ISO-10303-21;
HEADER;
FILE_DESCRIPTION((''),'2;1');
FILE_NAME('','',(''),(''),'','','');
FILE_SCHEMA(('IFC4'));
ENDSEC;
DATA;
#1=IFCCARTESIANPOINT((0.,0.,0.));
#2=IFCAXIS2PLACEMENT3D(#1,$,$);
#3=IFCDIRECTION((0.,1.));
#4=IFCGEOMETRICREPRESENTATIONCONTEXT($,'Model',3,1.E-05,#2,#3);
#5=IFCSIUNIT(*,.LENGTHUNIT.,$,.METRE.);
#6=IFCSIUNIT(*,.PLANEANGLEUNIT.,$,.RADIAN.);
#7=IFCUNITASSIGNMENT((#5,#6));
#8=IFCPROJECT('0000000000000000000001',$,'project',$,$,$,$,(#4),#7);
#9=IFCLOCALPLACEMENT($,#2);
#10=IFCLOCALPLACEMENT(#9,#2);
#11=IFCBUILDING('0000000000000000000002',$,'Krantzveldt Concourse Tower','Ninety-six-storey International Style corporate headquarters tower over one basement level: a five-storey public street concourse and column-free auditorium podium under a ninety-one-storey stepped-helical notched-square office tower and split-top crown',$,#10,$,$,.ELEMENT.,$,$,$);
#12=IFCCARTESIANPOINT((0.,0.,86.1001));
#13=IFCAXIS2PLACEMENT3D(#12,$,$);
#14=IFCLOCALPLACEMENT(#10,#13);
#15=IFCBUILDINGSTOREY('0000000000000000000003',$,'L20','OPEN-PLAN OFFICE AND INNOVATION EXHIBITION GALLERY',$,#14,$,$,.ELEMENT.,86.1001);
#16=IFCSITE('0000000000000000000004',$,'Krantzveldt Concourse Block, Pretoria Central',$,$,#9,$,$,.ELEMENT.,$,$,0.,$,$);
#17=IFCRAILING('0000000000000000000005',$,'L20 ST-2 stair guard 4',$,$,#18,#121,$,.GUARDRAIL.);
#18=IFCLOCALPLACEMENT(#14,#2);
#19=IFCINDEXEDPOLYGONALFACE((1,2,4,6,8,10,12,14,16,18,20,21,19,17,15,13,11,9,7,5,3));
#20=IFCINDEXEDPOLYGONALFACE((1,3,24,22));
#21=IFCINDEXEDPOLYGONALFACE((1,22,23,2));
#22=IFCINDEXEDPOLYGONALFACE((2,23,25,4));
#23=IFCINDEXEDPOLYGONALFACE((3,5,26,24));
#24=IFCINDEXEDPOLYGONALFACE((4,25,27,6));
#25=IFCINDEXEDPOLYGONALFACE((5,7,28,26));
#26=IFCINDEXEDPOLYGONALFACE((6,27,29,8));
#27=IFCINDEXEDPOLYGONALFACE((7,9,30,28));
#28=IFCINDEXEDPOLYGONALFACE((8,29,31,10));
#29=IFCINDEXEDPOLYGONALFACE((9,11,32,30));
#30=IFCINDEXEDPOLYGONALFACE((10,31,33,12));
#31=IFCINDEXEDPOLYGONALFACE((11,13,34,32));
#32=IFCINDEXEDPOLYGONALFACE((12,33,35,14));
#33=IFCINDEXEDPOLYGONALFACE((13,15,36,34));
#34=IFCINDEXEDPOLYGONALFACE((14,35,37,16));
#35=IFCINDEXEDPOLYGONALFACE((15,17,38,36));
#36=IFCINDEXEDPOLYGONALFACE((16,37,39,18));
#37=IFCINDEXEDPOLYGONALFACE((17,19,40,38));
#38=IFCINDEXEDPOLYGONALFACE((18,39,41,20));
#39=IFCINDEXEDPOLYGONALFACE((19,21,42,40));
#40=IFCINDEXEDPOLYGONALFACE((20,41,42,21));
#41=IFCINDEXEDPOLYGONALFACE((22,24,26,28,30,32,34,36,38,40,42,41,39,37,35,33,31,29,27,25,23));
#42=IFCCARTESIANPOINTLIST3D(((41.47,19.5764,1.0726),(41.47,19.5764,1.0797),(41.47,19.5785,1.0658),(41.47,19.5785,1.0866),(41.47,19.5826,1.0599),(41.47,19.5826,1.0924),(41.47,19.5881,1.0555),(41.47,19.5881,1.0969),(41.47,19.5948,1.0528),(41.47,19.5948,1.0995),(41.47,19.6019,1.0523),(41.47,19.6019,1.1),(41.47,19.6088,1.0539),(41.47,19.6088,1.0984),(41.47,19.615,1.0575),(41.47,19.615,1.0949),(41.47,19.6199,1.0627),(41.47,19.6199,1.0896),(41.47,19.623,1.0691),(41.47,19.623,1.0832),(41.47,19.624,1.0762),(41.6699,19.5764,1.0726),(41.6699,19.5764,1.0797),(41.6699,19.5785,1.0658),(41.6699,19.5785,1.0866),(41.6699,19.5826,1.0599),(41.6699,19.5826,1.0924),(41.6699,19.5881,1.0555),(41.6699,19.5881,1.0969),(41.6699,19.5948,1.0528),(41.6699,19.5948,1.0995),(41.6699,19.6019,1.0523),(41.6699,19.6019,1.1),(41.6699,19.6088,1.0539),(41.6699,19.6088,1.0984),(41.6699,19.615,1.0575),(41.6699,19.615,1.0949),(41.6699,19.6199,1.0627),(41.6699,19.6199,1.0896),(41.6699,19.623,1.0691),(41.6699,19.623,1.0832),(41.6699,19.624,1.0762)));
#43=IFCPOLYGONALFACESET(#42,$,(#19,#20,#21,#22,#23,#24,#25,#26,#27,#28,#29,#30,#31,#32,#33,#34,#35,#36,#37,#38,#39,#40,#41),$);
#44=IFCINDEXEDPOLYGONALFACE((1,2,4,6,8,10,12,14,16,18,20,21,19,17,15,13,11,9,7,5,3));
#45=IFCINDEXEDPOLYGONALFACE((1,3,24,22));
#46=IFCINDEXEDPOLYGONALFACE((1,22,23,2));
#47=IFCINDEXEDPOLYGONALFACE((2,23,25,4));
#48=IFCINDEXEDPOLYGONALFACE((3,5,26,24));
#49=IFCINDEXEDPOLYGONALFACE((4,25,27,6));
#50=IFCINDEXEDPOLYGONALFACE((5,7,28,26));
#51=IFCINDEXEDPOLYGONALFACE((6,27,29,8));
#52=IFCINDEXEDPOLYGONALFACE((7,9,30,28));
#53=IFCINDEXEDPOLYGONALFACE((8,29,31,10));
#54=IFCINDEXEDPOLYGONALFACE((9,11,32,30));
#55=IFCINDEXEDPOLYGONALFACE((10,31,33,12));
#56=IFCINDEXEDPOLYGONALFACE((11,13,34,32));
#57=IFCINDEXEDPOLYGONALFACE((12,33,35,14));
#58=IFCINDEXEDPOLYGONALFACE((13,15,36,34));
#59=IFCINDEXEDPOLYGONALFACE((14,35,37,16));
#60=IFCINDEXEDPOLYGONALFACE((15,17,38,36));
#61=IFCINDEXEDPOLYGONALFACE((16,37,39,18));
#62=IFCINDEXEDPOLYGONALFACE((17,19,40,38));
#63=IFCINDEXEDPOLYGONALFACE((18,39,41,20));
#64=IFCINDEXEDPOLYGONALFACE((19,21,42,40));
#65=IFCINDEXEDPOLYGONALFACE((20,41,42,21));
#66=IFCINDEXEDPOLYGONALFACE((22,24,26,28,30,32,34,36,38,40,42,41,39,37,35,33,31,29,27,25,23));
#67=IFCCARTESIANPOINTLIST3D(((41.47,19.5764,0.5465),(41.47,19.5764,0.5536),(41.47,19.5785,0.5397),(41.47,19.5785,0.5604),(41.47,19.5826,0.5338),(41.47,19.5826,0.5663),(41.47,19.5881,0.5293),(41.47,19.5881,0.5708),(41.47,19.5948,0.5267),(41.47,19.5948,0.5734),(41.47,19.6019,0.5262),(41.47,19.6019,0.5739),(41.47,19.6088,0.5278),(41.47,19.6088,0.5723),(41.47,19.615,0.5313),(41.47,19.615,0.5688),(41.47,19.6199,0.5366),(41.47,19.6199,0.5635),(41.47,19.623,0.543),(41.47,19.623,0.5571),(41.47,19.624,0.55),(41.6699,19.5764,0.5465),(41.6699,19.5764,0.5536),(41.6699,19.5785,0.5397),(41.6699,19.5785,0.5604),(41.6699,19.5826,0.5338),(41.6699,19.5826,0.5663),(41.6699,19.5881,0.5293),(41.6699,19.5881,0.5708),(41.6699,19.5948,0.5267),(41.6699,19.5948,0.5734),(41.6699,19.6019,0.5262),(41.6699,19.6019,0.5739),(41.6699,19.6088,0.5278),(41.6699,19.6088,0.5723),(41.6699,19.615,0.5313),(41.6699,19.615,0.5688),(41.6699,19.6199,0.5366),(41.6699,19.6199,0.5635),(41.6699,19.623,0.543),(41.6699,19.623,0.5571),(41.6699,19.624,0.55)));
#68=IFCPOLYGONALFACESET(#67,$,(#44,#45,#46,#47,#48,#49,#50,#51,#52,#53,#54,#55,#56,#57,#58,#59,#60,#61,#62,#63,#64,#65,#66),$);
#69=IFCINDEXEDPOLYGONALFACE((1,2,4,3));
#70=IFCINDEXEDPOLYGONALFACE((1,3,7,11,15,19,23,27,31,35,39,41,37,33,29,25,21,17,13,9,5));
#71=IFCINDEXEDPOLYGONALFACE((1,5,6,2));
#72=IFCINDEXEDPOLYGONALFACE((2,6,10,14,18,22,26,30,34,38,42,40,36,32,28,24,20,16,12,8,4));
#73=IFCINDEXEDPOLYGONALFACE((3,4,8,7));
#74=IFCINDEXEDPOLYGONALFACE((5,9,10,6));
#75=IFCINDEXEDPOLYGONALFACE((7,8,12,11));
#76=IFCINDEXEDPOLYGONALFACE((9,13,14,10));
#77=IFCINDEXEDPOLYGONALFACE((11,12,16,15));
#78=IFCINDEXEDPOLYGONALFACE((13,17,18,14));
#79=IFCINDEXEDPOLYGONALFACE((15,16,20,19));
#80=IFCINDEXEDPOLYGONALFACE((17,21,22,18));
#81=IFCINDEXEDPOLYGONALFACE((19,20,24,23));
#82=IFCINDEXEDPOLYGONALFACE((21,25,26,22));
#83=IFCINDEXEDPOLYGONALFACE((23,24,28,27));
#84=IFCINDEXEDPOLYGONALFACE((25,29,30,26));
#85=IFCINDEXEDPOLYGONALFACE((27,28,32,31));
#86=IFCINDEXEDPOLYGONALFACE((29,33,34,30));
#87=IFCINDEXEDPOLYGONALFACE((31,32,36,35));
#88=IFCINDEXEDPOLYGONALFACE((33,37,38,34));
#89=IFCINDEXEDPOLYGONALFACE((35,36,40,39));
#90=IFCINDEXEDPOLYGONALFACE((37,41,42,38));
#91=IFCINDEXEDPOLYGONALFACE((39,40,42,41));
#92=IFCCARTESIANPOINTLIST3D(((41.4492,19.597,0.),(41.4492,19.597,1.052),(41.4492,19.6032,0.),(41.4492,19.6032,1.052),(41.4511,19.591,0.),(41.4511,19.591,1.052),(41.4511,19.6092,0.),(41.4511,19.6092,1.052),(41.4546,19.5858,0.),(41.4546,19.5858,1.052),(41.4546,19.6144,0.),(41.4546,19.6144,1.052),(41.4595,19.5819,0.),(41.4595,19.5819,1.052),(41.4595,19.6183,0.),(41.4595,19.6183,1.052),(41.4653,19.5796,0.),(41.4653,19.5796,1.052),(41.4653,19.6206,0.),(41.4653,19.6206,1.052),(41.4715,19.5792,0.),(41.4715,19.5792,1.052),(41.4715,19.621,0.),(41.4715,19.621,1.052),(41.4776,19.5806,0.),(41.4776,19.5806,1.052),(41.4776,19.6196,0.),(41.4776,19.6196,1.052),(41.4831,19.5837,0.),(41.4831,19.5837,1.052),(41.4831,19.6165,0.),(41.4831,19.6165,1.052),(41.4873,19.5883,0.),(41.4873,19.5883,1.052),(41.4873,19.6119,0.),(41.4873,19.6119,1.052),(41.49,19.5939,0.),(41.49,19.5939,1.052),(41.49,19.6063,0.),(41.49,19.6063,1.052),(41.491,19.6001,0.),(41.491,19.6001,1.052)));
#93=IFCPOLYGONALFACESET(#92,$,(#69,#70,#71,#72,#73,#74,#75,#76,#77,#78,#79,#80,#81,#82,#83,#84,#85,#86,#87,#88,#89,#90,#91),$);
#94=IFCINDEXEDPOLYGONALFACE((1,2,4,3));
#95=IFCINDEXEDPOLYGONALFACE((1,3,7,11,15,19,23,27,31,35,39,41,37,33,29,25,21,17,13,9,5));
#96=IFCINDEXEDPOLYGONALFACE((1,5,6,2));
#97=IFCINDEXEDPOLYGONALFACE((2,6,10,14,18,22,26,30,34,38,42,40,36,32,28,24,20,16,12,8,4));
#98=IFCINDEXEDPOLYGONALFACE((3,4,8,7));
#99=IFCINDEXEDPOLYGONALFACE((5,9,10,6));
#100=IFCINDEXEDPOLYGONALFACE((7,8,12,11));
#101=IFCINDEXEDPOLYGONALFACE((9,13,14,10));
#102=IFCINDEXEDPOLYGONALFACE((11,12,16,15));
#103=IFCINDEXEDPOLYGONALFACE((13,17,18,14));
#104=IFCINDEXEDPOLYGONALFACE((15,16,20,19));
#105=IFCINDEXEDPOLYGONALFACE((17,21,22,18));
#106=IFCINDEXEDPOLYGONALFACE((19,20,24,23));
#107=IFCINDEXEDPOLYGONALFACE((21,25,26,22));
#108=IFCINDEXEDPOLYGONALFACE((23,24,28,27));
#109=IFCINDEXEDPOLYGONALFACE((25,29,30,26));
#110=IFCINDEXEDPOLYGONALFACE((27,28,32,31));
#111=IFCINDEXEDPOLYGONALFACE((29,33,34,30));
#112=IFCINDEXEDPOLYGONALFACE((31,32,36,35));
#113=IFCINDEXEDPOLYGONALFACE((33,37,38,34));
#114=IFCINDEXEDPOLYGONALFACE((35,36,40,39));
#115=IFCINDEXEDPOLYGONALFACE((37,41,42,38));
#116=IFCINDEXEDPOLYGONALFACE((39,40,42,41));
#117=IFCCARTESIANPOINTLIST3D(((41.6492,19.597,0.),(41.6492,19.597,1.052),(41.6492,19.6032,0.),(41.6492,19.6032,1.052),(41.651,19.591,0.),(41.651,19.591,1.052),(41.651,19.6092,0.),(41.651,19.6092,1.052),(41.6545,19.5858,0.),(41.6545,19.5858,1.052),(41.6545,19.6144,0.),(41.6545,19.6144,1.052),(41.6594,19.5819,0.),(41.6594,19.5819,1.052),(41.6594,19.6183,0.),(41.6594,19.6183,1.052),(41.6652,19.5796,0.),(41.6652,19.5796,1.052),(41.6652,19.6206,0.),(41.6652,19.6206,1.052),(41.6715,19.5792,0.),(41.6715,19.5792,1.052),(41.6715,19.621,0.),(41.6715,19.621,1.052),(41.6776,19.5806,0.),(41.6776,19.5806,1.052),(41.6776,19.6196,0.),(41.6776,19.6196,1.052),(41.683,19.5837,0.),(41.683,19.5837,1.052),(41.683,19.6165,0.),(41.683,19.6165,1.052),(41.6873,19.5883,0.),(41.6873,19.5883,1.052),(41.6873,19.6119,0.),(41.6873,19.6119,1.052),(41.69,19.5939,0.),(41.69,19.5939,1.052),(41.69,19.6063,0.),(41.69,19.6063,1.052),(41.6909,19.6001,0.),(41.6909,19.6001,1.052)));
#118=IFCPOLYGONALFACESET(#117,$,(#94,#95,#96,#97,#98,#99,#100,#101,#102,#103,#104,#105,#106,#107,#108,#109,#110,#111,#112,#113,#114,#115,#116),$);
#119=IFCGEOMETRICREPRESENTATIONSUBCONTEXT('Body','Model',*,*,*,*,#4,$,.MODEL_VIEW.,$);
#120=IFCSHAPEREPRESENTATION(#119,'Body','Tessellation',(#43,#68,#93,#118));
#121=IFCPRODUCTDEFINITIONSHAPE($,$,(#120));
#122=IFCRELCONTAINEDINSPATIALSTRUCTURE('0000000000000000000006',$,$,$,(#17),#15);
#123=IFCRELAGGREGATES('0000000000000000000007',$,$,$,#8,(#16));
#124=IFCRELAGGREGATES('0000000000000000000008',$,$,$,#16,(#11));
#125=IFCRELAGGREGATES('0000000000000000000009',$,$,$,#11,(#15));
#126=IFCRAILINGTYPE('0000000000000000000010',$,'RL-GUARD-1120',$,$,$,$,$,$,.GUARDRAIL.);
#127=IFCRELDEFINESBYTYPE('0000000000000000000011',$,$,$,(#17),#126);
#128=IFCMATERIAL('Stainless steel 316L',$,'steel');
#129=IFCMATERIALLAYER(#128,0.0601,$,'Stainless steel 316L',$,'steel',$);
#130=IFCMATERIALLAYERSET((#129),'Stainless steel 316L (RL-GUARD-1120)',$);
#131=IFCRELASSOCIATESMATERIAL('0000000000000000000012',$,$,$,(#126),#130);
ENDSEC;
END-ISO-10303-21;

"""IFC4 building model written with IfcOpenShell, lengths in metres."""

from ifc_helpers import new_model, si_unit, direction, frame, origin, origin_2d, place, context, subcontext, project, spatial, circle, extrude, material, layer, layer_set, type_object, element, save


model = new_model("IFC4")

# Units and contexts
model_context = context("Model", 3, precision=1e-05, world=origin(), true_north=direction((0.0, 1.0)))
body_context = subcontext(model_context, "Body", "Model", "MODEL_VIEW")
ifc_project = project(units=[si_unit("LENGTHUNIT", "METRE"), si_unit("PLANEANGLEUNIT", "RADIAN")], contexts=[model_context])

# Site, building, storey
site_placement = place(None, origin())
site = spatial("IfcSite", under=ifc_project, at=site_placement, Name="Krantzveldt Concourse Block, Pretoria Central", CompositionType="ELEMENT", RefElevation=0.0)
building_placement = place(site_placement, origin())
building = spatial("IfcBuilding", under=site, at=building_placement, Name="Krantzveldt Concourse Tower", Description="Ninety-six-storey International Style corporate headquarters tower over one basement level: a five-storey public street concourse and column-free auditorium podium under a ninety-one-storey stepped-helical notched-square office tower and split-top crown", CompositionType="ELEMENT")
storey_placement = place(building_placement, frame((0.0, 0.0, 86.1001)))
storey = spatial("IfcBuildingStorey", under=building, at=storey_placement, Name="L20", Description="OPEN-PLAN OFFICE AND INNOVATION EXHIBITION GALLERY", CompositionType="ELEMENT", Elevation=86.1001)

# Shared definitions
ifc_material_1 = material(Name="Stainless steel 316L", Category="steel")

# Railing
ifc_layer_1 = layer(ifc_material_1, 0.0601, Name="Stainless steel 316L", Category="steel")
ifc_layer_set_1 = layer_set([ifc_layer_1], Name="Stainless steel 316L (RL-GUARD-1120)")
railing_type_1 = type_object("IfcRailingType", Name="RL-GUARD-1120", PredefinedType="GUARDRAIL", material=ifc_layer_set_1)
railing_1_placement = place(storey_placement, frame((41.47, 19.6001, 0.0)))
element("IfcRailing", 1, at=railing_1_placement, inside=storey, type_object=railing_type_1, Name="L20 ST-2 stair guard 4", PredefinedType="GUARDRAIL", context=body_context, shape_type="SweptSolid", body=[
    extrude(circle(Radius=0.0239, at=origin_2d()), frame((0.0, 0.0, 1.0762), z_axis=(1.0, 0.0, 0.0), x_axis=(0.0, 1.0, 0.0)), (0.0, 0.0, 1.0), 0.2),
    extrude(circle(Radius=0.0239, at=origin_2d()), frame((0.0, 0.0, 0.55), z_axis=(1.0, 0.0, 0.0), x_axis=(0.0, 1.0, 0.0)), (0.0, 0.0, 1.0), 0.2),
    extrude(circle(Radius=0.021, at=origin_2d()), origin(), (0.0, 0.0, 1.0), 1.052),
    extrude(circle(Radius=0.021, at=origin_2d()), frame((0.2, 0.0, 0.0)), (0.0, 0.0, 1.0), 1.052),
])

save(model, "model.ifc")
